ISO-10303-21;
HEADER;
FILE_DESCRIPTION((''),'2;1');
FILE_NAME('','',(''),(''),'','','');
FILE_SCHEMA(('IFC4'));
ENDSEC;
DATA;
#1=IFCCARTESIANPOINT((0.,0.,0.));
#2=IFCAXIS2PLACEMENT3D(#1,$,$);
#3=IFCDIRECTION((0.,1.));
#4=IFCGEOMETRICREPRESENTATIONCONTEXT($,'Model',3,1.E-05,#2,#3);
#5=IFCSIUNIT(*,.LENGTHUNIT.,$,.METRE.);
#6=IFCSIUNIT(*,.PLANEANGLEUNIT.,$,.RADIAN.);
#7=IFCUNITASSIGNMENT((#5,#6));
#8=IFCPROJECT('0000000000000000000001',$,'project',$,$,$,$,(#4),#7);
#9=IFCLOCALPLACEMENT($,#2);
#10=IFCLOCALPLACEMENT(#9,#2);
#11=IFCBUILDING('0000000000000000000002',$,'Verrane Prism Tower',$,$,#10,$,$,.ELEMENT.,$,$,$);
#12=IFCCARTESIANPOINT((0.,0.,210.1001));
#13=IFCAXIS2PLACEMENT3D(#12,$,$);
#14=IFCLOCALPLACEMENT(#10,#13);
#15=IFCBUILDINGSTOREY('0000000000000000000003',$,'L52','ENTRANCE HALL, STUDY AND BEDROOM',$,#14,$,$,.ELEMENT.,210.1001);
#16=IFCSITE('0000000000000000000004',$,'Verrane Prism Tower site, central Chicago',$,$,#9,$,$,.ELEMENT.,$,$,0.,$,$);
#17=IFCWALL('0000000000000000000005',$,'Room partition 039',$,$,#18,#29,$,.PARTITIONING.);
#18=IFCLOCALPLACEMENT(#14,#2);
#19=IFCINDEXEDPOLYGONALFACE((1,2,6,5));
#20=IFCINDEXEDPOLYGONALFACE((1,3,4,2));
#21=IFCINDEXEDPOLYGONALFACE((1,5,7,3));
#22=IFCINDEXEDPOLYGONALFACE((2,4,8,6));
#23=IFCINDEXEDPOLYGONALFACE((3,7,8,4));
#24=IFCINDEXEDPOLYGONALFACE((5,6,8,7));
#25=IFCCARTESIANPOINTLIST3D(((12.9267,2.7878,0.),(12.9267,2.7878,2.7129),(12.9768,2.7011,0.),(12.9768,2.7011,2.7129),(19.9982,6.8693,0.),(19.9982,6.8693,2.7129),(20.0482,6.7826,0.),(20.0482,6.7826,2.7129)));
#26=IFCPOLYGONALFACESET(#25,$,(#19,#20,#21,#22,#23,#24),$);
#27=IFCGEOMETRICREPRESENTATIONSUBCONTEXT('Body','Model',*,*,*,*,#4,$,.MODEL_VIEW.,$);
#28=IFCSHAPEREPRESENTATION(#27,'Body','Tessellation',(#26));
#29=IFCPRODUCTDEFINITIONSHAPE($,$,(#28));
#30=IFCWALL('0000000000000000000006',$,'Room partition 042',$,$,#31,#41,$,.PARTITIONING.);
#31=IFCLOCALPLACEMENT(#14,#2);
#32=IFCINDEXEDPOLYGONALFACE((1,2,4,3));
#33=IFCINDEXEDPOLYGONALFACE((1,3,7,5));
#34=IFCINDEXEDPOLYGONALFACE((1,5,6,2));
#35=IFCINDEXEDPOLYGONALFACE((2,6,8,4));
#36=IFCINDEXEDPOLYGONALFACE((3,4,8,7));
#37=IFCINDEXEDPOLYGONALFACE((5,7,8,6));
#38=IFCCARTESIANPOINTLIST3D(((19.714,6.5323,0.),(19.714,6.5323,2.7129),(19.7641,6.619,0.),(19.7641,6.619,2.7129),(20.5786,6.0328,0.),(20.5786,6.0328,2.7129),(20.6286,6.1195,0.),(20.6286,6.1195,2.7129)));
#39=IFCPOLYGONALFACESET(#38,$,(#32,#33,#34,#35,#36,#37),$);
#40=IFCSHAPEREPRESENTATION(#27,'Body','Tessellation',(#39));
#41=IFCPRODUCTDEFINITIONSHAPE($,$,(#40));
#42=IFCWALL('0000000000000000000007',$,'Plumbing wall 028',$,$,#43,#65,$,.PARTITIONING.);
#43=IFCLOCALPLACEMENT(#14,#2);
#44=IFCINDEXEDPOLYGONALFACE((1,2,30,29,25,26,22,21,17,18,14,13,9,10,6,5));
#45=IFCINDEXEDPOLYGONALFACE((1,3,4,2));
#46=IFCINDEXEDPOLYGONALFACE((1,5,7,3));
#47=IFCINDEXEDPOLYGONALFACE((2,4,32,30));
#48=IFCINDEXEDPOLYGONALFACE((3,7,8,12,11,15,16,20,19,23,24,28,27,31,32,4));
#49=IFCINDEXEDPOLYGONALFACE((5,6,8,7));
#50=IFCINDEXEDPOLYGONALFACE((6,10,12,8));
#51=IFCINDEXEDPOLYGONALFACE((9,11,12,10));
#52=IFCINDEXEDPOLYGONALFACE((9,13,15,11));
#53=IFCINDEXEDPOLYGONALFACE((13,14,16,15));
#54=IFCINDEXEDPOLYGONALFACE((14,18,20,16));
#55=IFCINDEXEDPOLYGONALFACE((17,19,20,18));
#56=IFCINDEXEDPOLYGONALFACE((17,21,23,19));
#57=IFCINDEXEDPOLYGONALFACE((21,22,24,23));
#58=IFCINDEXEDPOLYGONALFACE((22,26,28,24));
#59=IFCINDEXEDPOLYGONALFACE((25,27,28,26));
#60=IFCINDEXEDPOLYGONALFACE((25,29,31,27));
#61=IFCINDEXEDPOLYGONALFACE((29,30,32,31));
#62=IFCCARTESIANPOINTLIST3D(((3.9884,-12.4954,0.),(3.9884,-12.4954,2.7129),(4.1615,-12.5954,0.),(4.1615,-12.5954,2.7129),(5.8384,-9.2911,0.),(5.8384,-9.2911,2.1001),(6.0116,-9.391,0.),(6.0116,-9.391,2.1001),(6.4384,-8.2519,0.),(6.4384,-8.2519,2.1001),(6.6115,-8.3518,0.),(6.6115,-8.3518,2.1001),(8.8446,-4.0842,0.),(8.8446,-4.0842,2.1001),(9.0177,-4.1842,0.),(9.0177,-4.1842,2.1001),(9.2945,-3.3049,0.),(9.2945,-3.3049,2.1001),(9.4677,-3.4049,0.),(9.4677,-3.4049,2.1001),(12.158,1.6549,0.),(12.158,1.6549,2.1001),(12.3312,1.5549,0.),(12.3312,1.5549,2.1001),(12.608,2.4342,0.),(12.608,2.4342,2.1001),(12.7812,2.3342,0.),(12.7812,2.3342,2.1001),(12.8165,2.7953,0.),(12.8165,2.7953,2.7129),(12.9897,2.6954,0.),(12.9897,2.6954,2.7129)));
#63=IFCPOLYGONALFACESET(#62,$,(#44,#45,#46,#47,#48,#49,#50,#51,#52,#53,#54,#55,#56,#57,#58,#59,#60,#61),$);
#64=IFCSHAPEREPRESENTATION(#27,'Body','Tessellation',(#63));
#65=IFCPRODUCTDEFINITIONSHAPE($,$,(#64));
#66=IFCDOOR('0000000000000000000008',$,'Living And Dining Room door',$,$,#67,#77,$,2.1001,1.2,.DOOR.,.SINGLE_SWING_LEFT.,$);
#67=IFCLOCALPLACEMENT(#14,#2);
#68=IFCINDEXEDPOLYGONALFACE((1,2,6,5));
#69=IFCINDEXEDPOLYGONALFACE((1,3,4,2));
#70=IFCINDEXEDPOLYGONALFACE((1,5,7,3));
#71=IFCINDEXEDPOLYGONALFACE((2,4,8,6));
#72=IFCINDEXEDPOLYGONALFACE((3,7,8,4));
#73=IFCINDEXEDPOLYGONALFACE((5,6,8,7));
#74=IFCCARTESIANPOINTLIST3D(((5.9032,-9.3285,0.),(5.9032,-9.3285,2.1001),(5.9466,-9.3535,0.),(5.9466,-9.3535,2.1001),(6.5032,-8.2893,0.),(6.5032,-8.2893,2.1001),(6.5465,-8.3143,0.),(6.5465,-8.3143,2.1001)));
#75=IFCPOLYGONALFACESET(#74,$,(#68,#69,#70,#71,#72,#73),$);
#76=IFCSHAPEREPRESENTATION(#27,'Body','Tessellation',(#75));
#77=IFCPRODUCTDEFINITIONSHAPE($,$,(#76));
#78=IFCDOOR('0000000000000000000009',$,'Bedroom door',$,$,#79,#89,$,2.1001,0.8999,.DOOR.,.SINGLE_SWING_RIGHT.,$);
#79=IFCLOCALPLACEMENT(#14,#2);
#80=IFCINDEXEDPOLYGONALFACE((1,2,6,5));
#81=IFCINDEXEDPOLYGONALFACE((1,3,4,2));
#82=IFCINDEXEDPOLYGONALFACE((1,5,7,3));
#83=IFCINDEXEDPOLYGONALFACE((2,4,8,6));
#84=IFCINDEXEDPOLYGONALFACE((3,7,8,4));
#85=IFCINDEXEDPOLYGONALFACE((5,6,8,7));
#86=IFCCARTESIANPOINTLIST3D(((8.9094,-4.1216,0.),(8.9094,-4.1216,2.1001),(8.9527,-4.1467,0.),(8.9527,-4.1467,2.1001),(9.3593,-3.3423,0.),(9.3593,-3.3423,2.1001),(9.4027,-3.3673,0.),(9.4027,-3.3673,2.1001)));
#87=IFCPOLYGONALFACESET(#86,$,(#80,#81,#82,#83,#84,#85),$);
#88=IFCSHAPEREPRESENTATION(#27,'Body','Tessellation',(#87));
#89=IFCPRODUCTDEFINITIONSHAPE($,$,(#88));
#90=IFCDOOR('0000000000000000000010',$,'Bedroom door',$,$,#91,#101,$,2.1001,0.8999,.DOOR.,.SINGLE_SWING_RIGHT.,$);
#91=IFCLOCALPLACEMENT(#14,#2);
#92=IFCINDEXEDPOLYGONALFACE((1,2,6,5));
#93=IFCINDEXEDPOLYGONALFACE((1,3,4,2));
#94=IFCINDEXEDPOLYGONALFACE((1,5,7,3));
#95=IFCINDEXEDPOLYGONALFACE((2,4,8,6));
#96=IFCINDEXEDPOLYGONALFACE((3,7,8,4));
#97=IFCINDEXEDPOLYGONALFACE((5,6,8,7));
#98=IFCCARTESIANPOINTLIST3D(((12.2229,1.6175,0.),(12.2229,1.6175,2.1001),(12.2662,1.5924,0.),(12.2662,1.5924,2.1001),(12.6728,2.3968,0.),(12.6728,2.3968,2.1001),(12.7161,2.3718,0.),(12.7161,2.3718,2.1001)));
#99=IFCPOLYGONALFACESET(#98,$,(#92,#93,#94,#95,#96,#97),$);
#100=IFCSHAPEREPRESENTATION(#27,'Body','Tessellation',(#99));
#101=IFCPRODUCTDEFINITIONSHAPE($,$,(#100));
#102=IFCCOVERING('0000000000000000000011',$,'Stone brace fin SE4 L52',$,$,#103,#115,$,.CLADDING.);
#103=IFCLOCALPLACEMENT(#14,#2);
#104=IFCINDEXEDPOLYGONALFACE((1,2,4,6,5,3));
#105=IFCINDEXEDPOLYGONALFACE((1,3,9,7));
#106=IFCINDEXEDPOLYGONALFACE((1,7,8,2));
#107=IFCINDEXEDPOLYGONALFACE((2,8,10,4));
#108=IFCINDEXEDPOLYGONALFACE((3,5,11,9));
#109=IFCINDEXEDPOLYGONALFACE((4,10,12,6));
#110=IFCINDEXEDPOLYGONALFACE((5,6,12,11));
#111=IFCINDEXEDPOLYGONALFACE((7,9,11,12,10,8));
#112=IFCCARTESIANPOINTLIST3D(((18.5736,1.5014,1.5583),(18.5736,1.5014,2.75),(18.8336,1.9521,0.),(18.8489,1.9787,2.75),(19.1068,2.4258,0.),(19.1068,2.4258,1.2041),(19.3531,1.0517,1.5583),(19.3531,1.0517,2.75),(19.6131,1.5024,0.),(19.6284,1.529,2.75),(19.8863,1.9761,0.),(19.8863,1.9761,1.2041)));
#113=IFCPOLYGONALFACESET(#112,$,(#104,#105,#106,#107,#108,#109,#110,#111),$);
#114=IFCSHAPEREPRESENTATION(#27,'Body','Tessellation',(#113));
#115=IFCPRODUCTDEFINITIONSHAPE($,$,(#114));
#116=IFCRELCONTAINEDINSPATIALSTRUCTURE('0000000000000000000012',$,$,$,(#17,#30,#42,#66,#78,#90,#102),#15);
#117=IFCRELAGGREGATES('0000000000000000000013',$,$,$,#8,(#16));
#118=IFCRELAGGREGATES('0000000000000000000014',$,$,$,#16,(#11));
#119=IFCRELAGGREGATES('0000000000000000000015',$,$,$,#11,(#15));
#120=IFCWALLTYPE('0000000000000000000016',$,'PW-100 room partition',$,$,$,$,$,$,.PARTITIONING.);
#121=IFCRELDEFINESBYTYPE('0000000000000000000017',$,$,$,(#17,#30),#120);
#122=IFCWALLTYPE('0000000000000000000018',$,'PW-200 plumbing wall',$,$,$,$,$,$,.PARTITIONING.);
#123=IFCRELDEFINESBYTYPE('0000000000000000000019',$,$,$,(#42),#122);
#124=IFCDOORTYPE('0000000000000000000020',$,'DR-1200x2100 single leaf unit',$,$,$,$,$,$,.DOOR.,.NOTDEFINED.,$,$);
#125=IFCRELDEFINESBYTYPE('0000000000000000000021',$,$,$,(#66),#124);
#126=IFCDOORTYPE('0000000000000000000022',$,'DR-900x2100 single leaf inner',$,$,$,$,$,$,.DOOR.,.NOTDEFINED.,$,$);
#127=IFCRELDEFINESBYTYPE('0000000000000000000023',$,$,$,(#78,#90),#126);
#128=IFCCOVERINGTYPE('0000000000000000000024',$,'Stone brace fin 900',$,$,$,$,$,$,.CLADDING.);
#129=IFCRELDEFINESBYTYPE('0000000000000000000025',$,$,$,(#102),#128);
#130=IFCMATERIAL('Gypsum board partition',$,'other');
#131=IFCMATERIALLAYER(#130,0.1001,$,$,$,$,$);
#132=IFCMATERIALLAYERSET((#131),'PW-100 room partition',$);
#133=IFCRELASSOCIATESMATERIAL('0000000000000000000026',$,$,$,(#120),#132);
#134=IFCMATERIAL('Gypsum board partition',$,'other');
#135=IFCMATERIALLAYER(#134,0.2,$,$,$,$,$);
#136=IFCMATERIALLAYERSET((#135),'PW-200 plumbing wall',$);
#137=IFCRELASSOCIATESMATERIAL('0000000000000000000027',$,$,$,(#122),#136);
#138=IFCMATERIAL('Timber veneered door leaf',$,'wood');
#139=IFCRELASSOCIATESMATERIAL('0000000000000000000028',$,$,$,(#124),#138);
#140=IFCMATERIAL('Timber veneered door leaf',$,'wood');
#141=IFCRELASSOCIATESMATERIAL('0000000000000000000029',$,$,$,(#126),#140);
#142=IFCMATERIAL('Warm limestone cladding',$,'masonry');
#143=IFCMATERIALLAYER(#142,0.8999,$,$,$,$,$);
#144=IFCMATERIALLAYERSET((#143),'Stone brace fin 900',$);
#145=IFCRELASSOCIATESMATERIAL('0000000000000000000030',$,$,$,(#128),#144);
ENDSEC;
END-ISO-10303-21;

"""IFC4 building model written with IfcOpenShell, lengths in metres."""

from ifc_helpers import new_model, si_unit, direction, frame, frame_2d, origin, place, context, subcontext, project, spatial, polyline, rectangle, outline, extrude, material, layer, layer_set, type_object, element, fill, save


model = new_model("IFC4")

# Units and contexts
model_context = context("Model", 3, precision=1e-05, world=origin(), true_north=direction((0.0, 1.0)))
body_context = subcontext(model_context, "Body", "Model", "MODEL_VIEW")
ifc_project = project(units=[si_unit("LENGTHUNIT", "METRE"), si_unit("PLANEANGLEUNIT", "RADIAN")], contexts=[model_context])

# Site, building, storey
site_placement = place(None, origin())
site = spatial("IfcSite", under=ifc_project, at=site_placement, Name="Verrane Prism Tower site, central Chicago", CompositionType="ELEMENT", RefElevation=0.0)
building_placement = place(site_placement, origin())
building = spatial("IfcBuilding", under=site, at=building_placement, Name="Verrane Prism Tower", CompositionType="ELEMENT")
storey_placement = place(building_placement, frame((0.0, 0.0, 210.1001)))
storey = spatial("IfcBuildingStorey", under=building, at=storey_placement, Name="L52", Description="ENTRANCE HALL, STUDY AND BEDROOM", CompositionType="ELEMENT", Elevation=210.1001)

# Walls
ifc_material_1 = material(Name="Gypsum board partition", Category="other")
ifc_layer_1 = layer(ifc_material_1, 0.1001)
ifc_layer_set_1 = layer_set([ifc_layer_1], Name="PW-100 room partition")
wall_type_1 = type_object("IfcWallType", Name="PW-100 room partition", PredefinedType="PARTITIONING", material=ifc_layer_set_1)
wall_1_placement = place(storey_placement, frame((12.9517, 2.7444, 0.0), z_axis=(0.0, 0.0, 1.0), x_axis=(0.866089, 0.499889, 0.0)))
element("IfcWall", 1, at=wall_1_placement, inside=storey, type_object=wall_type_1, Name="Room partition 039", PredefinedType="PARTITIONING", context=body_context, shape_type="SweptSolid", body=[
    extrude(rectangle(XDim=8.1648, YDim=0.1001, at=frame_2d((4.0825, 0.0))), origin(), (0.0, 0.0, 1.0), 2.7129),
])
wall_2_placement = place(storey_placement, frame((19.739, 6.5757, 0.0), z_axis=(0.0, 0.0, 1.0), x_axis=(0.865856, -0.500294, 0.0)))
element("IfcWall", 2, at=wall_2_placement, inside=storey, type_object=wall_type_1, Name="Room partition 042", PredefinedType="PARTITIONING", context=body_context, shape_type="SweptSolid", body=[
    extrude(rectangle(XDim=0.9985, YDim=0.1001, at=frame_2d((0.4993, 0.0))), origin(), (0.0, 0.0, 1.0), 2.7129),
])

# Wall, openings, doors
ifc_material_2 = material(Name="Gypsum board partition", Category="other")
ifc_layer_2 = layer(ifc_material_2, 0.2)
ifc_layer_set_2 = layer_set([ifc_layer_2], Name="PW-200 plumbing wall")
wall_type_2 = type_object("IfcWallType", Name="PW-200 plumbing wall", PredefinedType="PARTITIONING", material=ifc_layer_set_2)
wall_3_placement = place(storey_placement, frame((12.9031, 2.7454, 0.0), z_axis=(0.0, 0.0, 1.0), x_axis=(-0.5, -0.866026, 0.0)))
wall_3 = element("IfcWall", 3, at=wall_3_placement, inside=storey, type_object=wall_type_2, Name="Plumbing wall 028", PredefinedType="PARTITIONING", context=body_context, shape_type="SweptSolid", body=[
    extrude(rectangle(XDim=17.6562, YDim=0.2, at=frame_2d((8.8281, 0.0))), origin(), (0.0, 0.0, 1.0), 2.7129),
])
opening_1_placement = place(wall_3_placement, frame((12.7561, 0.0, 0.0)))
opening_1 = element("IfcOpeningElement", 4, at=opening_1_placement, cuts=wall_3, PredefinedType="OPENING", context=body_context, shape_type="SweptSolid", body=[
    extrude(rectangle(XDim=1.2, YDim=2.1001, at=frame_2d((0.6001, 1.05))), frame((0.0, 0.1099, 0.0), z_axis=(0.0, -1.0, 0.0), x_axis=(1.0, 0.0, 0.0)), (0.0, 0.0, 1.0), 0.22),
])
opening_2_placement = place(wall_3_placement, frame((7.0439, 0.0, 0.0)))
opening_2 = element("IfcOpeningElement", 5, at=opening_2_placement, cuts=wall_3, PredefinedType="OPENING", context=body_context, shape_type="SweptSolid", body=[
    extrude(rectangle(XDim=0.8999, YDim=2.1001, at=frame_2d((0.45, 1.05))), frame((0.0, 0.1099, 0.0), z_axis=(0.0, -1.0, 0.0), x_axis=(1.0, 0.0, 0.0)), (0.0, 0.0, 1.0), 0.22),
])
opening_3_placement = place(wall_3_placement, frame((0.417, 0.0, 0.0)))
opening_3 = element("IfcOpeningElement", 6, at=opening_3_placement, cuts=wall_3, PredefinedType="OPENING", context=body_context, shape_type="SweptSolid", body=[
    extrude(rectangle(XDim=0.8999, YDim=2.1001, at=frame_2d((0.45, 1.05))), frame((0.0, 0.1099, 0.0), z_axis=(0.0, -1.0, 0.0), x_axis=(1.0, 0.0, 0.0)), (0.0, 0.0, 1.0), 0.22),
])
ifc_material_3 = material(Name="Timber veneered door leaf", Category="wood")
door_type_1 = type_object("IfcDoorType", Name="DR-1200x2100 single leaf unit", OperationType="NOTDEFINED", PredefinedType="DOOR", material=ifc_material_3)
door_1_placement = place(opening_1_placement, origin())
door_1 = element("IfcDoor", 7, at=door_1_placement, inside=storey, type_object=door_type_1, Name="Living And Dining Room door", OperationType="SINGLE_SWING_LEFT", OverallHeight=2.1001, OverallWidth=1.2, PredefinedType="DOOR", context=body_context, shape_type="SweptSolid", body=[
    extrude(rectangle(XDim=1.2, YDim=2.1001, at=frame_2d((0.6001, 1.05))), frame((0.0, 0.0249, 0.0), z_axis=(0.0, -1.0, 0.0), x_axis=(1.0, 0.0, 0.0)), (0.0, 0.0, 1.0), 0.05),
])
fill(opening_1, door_1)
ifc_material_4 = material(Name="Timber veneered door leaf", Category="wood")
door_type_2 = type_object("IfcDoorType", Name="DR-900x2100 single leaf inner", OperationType="NOTDEFINED", PredefinedType="DOOR", material=ifc_material_4)
door_2_placement = place(opening_2_placement, origin())
door_2 = element("IfcDoor", 8, at=door_2_placement, inside=storey, type_object=door_type_2, Name="Bedroom door", OperationType="SINGLE_SWING_RIGHT", OverallHeight=2.1001, OverallWidth=0.8999, PredefinedType="DOOR", context=body_context, shape_type="SweptSolid", body=[
    extrude(rectangle(XDim=0.8999, YDim=2.1001, at=frame_2d((0.45, 1.05))), frame((0.0, 0.0249, 0.0), z_axis=(0.0, -1.0, 0.0), x_axis=(1.0, 0.0, 0.0)), (0.0, 0.0, 1.0), 0.05),
])
fill(opening_2, door_2)
door_3_placement = place(opening_3_placement, origin())
door_3 = element("IfcDoor", 9, at=door_3_placement, inside=storey, type_object=door_type_2, Name="Bedroom door", OperationType="SINGLE_SWING_RIGHT", OverallHeight=2.1001, OverallWidth=0.8999, PredefinedType="DOOR", context=body_context, shape_type="SweptSolid", body=[
    extrude(rectangle(XDim=0.8999, YDim=2.1001, at=frame_2d((0.45, 1.05))), frame((0.0, 0.0249, 0.0), z_axis=(0.0, -1.0, 0.0), x_axis=(1.0, 0.0, 0.0)), (0.0, 0.0, 1.0), 0.05),
])
fill(opening_3, door_3)

# Covering
ifc_material_5 = material(Name="Warm limestone cladding", Category="masonry")
ifc_layer_3 = layer(ifc_material_5, 0.8999)
ifc_layer_set_3 = layer_set([ifc_layer_3], Name="Stone brace fin 900")
covering_type = type_object("IfcCoveringType", Name="Stone brace fin 900", PredefinedType="CLADDING", material=ifc_layer_set_3)
covering_placement = place(storey_placement, frame((19.4966, 2.2009, 0.0), z_axis=(0.0, 0.0, 1.0), x_axis=(-0.499683, -0.866208, 0.0)))
element("IfcCovering", 10, at=covering_placement, inside=storey, type_object=covering_type, Name="Stone brace fin SE4 L52", PredefinedType="CLADDING", context=body_context, shape_type="SweptSolid", body=[
    extrude(outline(polyline([(1.0671, 2.75), (0.5161, 2.75), (0.0, 1.2041), (0.0, 0.0), (0.5469, 0.0), (1.0671, 1.5583), (1.0671, 2.75)])), frame((0.0, 0.45, 0.0), z_axis=(0.0, -1.0, 0.0), x_axis=(1.0, 0.0, 0.0)), (0.0, 0.0, 1.0), 0.8999),
])

save(model, "model.ifc")
